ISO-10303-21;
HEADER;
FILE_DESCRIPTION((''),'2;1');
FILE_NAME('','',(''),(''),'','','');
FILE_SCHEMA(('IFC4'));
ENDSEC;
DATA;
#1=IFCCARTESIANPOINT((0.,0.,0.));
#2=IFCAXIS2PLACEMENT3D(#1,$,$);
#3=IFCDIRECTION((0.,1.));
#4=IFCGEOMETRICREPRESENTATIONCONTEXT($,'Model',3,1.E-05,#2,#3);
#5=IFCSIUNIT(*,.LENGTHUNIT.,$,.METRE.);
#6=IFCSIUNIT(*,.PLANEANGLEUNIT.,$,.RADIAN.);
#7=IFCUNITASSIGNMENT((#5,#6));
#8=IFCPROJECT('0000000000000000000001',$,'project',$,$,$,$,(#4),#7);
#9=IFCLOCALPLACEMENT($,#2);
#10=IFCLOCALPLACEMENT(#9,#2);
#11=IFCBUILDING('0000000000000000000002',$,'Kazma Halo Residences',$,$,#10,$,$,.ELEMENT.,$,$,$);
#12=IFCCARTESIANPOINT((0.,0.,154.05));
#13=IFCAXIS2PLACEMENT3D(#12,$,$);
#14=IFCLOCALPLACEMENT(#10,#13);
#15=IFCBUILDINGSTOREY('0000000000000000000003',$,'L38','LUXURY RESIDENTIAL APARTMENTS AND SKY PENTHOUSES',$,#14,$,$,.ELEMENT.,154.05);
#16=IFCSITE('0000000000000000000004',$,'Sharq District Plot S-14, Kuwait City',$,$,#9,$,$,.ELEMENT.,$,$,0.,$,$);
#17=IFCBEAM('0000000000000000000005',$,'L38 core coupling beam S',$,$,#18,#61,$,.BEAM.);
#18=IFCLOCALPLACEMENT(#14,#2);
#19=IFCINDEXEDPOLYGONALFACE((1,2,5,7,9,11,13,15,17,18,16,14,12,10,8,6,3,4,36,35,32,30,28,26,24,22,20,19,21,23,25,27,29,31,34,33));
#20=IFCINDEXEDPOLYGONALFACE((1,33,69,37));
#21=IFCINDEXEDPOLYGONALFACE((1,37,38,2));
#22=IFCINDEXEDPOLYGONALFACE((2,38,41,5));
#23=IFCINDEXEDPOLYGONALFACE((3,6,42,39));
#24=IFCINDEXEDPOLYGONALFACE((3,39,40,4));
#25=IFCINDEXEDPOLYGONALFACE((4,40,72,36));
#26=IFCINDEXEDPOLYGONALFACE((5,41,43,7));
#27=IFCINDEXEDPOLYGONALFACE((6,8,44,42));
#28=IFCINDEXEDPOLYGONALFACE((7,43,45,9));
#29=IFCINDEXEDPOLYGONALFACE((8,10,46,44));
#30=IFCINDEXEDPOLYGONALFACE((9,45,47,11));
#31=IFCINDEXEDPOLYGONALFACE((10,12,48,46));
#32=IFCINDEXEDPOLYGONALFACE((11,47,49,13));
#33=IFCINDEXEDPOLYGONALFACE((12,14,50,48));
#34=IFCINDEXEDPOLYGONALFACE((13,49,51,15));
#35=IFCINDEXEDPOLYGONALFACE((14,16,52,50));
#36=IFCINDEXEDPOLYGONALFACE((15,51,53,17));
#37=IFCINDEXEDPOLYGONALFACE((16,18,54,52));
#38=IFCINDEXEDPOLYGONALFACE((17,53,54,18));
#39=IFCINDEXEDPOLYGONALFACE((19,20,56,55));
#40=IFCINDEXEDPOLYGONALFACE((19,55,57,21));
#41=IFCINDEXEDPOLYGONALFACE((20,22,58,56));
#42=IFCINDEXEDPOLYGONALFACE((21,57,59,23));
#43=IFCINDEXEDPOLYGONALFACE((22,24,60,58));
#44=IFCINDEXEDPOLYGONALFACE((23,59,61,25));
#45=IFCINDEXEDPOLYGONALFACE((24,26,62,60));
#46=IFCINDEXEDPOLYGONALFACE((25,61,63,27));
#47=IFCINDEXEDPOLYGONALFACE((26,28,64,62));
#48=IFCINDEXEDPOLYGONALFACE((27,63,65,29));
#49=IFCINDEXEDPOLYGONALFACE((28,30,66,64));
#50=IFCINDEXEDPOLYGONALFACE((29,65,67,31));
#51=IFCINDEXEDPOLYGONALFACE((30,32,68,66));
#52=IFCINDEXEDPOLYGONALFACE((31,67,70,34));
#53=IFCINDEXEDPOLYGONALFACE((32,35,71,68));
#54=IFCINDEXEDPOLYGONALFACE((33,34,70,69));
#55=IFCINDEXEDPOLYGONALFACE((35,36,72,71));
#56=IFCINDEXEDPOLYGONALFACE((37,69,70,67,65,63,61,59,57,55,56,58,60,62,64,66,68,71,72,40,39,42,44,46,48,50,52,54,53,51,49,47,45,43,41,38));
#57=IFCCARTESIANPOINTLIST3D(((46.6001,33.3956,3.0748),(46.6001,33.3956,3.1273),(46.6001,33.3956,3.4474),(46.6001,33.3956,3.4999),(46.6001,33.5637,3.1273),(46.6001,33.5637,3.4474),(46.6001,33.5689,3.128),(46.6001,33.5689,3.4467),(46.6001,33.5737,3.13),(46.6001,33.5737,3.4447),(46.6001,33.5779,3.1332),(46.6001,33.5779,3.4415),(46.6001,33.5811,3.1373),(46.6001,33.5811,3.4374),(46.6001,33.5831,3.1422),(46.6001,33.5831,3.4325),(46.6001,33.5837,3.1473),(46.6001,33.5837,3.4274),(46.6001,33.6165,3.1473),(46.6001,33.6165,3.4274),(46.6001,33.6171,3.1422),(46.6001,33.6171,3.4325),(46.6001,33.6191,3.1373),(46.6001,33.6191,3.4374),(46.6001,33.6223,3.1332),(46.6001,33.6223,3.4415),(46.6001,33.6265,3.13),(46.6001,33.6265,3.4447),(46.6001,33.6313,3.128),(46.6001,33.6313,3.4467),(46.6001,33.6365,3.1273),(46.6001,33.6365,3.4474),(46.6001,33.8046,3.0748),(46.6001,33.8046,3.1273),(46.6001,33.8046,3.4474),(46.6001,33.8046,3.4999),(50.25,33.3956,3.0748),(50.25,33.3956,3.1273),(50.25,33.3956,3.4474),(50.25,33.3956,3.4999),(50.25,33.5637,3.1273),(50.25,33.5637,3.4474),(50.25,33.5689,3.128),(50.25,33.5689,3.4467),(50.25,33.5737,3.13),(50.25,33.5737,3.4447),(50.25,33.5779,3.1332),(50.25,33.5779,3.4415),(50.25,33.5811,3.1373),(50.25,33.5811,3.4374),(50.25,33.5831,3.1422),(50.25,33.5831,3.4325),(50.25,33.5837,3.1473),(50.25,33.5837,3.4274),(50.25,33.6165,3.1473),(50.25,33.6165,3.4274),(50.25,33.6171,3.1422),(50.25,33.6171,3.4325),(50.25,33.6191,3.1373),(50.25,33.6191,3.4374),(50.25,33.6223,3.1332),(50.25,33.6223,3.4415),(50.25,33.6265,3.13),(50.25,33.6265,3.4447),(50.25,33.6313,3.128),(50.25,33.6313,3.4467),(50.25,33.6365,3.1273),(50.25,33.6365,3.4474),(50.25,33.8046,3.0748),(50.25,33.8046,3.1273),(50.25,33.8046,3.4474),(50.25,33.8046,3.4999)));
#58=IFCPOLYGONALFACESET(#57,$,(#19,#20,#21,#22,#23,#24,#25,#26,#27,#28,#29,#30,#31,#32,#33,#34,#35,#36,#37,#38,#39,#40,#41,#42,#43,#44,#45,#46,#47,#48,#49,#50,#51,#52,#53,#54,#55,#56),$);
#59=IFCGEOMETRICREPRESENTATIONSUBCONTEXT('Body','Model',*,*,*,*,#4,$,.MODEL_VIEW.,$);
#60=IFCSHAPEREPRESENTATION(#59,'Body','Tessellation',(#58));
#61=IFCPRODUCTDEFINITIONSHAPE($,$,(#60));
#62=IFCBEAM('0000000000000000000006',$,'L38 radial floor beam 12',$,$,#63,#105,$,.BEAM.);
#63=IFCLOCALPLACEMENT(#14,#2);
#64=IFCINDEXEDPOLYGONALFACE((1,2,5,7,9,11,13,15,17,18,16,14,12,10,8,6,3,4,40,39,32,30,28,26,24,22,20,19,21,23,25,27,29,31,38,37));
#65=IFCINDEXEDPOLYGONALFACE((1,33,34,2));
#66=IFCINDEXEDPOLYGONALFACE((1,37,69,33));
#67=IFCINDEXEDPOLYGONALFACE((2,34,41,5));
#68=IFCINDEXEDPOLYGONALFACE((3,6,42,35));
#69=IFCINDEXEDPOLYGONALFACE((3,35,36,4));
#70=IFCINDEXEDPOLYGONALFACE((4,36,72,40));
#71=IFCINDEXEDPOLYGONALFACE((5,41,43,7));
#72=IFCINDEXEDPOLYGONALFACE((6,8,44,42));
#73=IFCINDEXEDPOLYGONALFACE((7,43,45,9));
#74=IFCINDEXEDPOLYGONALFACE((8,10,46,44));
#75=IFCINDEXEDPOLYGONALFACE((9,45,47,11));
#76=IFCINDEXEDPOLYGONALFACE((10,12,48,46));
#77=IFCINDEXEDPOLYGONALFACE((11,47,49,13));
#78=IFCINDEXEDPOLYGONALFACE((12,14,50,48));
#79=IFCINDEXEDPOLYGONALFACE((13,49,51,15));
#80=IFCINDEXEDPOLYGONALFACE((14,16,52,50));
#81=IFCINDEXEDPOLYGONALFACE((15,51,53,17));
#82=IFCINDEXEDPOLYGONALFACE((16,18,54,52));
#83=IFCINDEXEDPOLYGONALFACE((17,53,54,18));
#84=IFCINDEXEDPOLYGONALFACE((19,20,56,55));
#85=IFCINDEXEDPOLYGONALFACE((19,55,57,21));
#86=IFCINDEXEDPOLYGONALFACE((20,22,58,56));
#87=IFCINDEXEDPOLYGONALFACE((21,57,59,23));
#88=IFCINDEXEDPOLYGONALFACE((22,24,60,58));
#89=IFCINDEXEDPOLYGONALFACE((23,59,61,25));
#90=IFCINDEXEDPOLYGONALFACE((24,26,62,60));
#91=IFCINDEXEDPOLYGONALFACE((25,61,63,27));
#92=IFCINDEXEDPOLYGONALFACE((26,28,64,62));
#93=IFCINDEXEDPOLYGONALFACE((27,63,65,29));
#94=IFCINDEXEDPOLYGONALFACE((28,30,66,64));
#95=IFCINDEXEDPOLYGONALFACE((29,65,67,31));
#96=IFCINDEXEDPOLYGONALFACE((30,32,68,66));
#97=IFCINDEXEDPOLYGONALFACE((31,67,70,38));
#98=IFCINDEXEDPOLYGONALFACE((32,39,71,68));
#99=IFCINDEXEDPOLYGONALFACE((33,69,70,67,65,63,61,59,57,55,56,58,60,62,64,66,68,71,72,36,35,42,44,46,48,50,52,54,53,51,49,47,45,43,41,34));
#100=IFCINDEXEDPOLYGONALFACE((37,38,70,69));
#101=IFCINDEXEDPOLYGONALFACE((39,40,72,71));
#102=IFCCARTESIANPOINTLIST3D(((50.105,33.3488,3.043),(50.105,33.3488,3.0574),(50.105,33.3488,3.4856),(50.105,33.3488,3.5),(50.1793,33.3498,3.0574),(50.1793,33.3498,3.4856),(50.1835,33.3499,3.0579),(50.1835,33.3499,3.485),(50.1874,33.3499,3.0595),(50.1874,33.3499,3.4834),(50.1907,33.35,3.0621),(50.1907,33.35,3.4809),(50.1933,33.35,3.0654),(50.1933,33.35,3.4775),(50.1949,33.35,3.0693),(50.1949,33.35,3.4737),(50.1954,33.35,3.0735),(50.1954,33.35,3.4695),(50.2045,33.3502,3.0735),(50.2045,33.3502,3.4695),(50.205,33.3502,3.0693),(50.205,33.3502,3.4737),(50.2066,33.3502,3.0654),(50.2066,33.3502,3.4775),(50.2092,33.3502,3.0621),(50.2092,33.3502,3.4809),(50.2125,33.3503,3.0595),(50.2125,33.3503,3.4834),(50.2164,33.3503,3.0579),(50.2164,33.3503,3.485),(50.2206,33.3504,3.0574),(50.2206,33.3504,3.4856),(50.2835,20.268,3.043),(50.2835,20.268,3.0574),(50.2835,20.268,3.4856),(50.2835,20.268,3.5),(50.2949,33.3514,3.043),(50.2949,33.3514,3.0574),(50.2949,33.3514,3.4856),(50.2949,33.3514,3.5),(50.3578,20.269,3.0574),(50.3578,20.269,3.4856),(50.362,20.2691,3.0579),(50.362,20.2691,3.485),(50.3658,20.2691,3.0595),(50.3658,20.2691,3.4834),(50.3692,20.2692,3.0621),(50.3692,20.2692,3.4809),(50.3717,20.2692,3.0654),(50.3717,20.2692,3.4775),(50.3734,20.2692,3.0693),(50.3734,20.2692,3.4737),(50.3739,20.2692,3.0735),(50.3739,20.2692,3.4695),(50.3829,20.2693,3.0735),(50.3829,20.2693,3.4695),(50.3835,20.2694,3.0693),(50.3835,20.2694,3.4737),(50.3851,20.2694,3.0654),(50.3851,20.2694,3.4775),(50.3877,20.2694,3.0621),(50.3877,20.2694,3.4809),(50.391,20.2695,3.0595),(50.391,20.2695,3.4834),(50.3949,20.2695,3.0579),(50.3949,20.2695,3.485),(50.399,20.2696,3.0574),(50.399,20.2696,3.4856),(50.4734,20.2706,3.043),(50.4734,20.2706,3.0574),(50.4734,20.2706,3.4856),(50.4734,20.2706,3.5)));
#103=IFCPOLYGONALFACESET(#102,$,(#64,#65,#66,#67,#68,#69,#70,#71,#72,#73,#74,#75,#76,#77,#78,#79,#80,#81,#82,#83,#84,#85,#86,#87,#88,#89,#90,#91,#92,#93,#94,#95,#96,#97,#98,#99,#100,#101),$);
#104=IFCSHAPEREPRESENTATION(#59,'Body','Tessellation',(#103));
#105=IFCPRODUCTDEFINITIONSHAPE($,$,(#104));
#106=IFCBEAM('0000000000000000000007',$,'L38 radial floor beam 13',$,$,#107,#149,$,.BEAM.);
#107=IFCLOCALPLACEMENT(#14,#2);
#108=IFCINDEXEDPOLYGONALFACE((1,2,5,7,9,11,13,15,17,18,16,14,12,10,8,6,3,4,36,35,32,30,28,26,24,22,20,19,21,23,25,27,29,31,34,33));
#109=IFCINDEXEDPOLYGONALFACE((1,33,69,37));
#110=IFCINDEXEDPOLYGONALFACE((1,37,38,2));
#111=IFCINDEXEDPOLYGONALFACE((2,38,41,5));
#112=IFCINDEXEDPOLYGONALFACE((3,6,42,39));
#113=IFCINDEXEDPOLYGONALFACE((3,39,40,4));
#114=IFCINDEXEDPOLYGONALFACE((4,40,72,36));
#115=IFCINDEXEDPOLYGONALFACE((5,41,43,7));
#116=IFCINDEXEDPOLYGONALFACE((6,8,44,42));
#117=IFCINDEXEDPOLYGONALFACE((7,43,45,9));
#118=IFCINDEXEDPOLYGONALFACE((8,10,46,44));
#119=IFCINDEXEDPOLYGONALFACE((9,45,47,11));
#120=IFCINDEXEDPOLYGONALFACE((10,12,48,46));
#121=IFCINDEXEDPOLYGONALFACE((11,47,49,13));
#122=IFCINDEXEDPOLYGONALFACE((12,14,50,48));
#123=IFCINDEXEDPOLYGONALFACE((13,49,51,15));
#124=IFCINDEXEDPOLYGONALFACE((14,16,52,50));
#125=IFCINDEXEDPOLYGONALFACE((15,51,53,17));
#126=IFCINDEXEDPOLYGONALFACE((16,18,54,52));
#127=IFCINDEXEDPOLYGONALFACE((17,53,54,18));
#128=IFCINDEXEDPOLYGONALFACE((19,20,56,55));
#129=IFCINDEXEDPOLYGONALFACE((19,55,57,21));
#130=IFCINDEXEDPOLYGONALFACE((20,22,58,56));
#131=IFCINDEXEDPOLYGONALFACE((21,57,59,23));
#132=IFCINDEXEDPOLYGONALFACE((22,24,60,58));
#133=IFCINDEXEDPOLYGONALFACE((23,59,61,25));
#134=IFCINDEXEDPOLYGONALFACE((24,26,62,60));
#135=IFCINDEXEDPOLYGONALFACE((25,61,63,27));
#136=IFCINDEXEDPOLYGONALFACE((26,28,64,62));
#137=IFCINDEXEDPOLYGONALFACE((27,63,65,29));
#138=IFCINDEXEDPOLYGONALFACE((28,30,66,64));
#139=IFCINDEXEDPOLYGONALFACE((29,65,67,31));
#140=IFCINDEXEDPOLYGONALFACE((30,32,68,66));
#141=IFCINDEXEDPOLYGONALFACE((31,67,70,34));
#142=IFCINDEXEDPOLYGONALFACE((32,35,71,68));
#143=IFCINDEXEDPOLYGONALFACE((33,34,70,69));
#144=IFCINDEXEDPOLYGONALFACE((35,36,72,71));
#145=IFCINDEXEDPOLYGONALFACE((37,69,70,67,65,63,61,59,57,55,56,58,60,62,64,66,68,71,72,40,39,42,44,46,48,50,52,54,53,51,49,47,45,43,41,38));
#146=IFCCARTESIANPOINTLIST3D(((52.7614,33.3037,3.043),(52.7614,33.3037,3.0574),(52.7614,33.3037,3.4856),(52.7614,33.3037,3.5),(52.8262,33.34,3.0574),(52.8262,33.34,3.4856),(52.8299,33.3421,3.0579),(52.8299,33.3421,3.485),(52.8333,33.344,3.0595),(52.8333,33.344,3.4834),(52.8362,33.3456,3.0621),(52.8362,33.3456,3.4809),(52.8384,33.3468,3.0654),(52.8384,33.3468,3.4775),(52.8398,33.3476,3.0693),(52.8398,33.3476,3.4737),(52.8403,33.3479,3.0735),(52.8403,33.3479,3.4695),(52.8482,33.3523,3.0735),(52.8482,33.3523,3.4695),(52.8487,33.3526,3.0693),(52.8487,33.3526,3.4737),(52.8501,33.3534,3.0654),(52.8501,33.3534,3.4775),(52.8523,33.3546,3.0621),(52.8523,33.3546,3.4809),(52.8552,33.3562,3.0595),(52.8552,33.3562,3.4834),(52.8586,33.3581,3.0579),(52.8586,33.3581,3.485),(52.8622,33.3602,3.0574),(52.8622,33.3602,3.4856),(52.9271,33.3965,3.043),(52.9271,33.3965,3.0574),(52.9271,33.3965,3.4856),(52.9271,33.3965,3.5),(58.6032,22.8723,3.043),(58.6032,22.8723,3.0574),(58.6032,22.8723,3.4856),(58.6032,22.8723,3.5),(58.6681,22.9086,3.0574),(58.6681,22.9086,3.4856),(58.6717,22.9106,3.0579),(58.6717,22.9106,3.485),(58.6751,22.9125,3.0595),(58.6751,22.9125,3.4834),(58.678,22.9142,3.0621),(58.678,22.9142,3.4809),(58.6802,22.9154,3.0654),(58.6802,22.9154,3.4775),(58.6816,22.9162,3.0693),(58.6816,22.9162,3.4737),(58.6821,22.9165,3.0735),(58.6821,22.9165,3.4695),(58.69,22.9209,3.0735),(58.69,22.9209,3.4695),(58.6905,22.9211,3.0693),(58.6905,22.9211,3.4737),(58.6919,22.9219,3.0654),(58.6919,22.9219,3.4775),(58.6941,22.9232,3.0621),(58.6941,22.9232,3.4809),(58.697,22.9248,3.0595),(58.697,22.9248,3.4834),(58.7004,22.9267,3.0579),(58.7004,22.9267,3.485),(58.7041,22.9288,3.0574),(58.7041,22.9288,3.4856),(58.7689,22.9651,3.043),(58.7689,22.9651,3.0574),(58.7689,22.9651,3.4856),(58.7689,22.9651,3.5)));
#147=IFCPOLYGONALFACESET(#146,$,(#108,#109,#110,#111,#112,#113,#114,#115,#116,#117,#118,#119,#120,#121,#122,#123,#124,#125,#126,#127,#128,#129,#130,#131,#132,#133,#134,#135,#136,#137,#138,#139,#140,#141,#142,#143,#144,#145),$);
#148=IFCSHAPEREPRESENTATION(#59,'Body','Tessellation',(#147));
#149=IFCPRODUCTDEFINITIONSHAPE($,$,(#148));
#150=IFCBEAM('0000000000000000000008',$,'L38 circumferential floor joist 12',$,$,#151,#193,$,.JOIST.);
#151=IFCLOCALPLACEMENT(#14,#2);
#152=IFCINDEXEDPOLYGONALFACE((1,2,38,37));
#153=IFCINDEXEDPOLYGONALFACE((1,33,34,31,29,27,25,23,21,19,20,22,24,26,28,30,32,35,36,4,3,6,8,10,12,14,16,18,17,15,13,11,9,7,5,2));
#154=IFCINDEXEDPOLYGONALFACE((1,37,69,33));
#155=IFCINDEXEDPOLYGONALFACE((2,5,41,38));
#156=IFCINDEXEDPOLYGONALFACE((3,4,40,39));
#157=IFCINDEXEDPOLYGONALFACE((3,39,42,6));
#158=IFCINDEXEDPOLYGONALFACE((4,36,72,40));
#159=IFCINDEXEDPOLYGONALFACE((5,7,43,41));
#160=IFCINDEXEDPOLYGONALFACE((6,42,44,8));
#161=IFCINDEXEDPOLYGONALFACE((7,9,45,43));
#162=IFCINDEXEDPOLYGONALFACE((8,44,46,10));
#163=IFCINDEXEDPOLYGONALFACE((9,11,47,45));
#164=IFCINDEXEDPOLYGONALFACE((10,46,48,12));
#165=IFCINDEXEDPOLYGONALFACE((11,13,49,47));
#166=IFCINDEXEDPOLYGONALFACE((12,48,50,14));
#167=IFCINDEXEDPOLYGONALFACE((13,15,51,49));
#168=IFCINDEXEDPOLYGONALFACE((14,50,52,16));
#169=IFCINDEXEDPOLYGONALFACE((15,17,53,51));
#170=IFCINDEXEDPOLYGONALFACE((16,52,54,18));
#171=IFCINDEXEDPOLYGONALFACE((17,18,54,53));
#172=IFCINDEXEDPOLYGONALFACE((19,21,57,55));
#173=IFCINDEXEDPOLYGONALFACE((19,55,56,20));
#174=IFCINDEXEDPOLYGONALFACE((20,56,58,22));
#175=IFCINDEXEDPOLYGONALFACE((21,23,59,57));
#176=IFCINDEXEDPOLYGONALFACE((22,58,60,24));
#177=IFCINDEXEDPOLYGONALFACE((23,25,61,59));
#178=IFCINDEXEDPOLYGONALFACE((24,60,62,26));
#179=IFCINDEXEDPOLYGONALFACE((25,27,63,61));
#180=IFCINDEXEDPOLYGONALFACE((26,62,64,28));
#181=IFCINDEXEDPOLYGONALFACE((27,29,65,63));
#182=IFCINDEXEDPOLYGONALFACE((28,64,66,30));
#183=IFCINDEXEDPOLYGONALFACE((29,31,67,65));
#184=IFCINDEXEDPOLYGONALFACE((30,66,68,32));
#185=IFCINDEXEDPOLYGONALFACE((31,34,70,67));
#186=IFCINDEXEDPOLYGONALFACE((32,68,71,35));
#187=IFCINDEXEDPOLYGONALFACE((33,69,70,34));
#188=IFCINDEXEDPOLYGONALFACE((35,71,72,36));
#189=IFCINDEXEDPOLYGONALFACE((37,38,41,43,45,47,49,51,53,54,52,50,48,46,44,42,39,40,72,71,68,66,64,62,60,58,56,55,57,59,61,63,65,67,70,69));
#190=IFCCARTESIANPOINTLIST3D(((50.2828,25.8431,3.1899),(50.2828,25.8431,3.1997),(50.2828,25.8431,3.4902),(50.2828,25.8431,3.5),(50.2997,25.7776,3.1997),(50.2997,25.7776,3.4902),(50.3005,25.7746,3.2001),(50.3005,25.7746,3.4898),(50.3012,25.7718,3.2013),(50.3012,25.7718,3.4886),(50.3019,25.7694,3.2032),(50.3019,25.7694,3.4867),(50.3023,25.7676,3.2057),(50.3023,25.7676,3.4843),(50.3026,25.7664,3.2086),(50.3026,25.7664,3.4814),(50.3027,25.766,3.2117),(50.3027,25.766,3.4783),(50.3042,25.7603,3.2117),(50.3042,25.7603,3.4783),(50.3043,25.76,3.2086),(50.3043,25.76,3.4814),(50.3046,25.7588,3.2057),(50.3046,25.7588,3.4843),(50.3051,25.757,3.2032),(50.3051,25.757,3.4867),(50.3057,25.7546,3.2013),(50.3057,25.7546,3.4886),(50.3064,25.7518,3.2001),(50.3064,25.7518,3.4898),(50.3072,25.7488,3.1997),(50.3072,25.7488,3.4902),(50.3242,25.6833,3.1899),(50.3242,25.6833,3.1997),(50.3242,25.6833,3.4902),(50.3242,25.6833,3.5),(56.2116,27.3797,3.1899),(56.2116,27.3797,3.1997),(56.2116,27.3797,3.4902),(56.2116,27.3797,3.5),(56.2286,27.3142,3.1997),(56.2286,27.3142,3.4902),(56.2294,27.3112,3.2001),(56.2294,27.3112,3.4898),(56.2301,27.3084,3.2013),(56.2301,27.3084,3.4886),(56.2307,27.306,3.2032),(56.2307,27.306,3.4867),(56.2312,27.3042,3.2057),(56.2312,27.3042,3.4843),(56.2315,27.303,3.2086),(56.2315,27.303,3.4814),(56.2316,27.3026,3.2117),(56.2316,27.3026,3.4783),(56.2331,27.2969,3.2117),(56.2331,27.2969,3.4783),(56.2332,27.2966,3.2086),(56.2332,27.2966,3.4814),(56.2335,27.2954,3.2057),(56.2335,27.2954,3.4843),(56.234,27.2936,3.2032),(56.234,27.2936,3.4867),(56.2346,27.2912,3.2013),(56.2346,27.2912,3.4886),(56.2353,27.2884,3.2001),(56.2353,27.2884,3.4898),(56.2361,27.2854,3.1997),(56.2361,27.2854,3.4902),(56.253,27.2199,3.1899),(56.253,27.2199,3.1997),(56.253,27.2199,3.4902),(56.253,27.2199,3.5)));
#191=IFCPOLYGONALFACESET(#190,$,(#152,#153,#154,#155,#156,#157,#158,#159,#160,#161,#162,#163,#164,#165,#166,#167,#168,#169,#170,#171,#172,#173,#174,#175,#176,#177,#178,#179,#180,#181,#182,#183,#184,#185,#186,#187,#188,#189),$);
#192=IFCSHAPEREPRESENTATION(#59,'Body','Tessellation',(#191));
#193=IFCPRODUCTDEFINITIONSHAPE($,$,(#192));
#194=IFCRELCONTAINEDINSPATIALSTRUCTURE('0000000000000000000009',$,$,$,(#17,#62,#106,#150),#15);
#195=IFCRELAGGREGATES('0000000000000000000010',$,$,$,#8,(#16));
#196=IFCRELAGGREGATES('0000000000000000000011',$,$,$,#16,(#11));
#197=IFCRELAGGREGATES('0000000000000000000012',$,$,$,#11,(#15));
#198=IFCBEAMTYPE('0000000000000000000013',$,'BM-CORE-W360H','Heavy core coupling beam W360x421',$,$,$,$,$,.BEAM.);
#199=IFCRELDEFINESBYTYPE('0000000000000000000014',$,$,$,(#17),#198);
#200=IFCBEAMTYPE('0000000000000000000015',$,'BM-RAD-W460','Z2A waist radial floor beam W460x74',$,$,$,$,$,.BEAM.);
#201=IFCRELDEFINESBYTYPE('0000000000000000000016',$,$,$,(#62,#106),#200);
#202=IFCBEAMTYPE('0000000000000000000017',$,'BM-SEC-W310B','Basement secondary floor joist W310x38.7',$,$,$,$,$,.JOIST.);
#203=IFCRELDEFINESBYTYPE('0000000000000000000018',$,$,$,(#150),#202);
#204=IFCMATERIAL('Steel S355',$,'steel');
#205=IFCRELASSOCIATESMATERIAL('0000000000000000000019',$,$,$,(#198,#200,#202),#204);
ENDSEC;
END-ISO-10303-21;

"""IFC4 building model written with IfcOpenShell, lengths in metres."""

from ifc_helpers import new_model, si_unit, direction, frame, origin, origin_2d, place, context, subcontext, project, spatial, i_section, extrude, material, material_profile, profile_set, type_object, element, save


model = new_model("IFC4")

# Units and contexts
model_context = context("Model", 3, precision=1e-05, world=origin(), true_north=direction((0.0, 1.0)))
body_context = subcontext(model_context, "Body", "Model", "MODEL_VIEW")
ifc_project = project(units=[si_unit("LENGTHUNIT", "METRE"), si_unit("PLANEANGLEUNIT", "RADIAN")], contexts=[model_context])

# Site, building, storey
site_placement = place(None, origin())
site = spatial("IfcSite", under=ifc_project, at=site_placement, Name="Sharq District Plot S-14, Kuwait City", CompositionType="ELEMENT", RefElevation=0.0)
building_placement = place(site_placement, origin())
building = spatial("IfcBuilding", under=site, at=building_placement, Name="Kazma Halo Residences", CompositionType="ELEMENT")
storey_placement = place(building_placement, frame((0.0, 0.0, 154.05)))
storey = spatial("IfcBuildingStorey", under=building, at=storey_placement, Name="L38", Description="LUXURY RESIDENTIAL APARTMENTS AND SKY PENTHOUSES", CompositionType="ELEMENT", Elevation=154.05)

# Beams
ifc_material_1 = material(Name="Steel S355", Category="steel")
ifc_material_profile_1 = material_profile(ifc_material_1, i_section(OverallWidth=0.4089, OverallDepth=0.425, WebThickness=0.0327, FlangeThickness=0.0525, FilletRadius=0.02, at=origin_2d()), Name="W360x421")
ifc_profile_set_1 = profile_set([ifc_material_profile_1], Name="Steel S355")
beam_type_1 = type_object("IfcBeamType", Name="BM-CORE-W360H", Description="Heavy core coupling beam W360x421", PredefinedType="BEAM", material=ifc_profile_set_1)
beam_1_placement = place(storey_placement, frame((46.6001, 33.6001, 3.2874), z_axis=(1.0, 0.0, 0.0), x_axis=(0.0, 1.0, 0.0)))
element("IfcBeam", 1, at=beam_1_placement, inside=storey, type_object=beam_type_1, Name="L38 core coupling beam S", PredefinedType="BEAM", context=body_context, shape_type="SweptSolid", body=[
    extrude(i_section(OverallWidth=0.4089, OverallDepth=0.425, WebThickness=0.0327, FlangeThickness=0.0525, FilletRadius=0.02, at=origin_2d()), origin(), (0.0, 0.0, 1.0), 3.6499),
])
ifc_material_profile_2 = material_profile(ifc_material_1, i_section(OverallWidth=0.1899, OverallDepth=0.457, WebThickness=0.009, FlangeThickness=0.0144, FilletRadius=0.0161, at=origin_2d()), Name="W460x74")
ifc_profile_set_2 = profile_set([ifc_material_profile_2], Name="Steel S355")
beam_type_2 = type_object("IfcBeamType", Name="BM-RAD-W460", Description="Z2A waist radial floor beam W460x74", PredefinedType="BEAM", material=ifc_profile_set_2)
beam_2_placement = place(storey_placement, frame((50.2, 33.3501, 3.2715), z_axis=(0.013642, -0.999907, 0.0), x_axis=(0.999907, 0.013642, 0.0)))
element("IfcBeam", 2, at=beam_2_placement, inside=storey, type_object=beam_type_2, Name="L38 radial floor beam 12", PredefinedType="BEAM", context=body_context, shape_type="SweptSolid", body=[
    extrude(i_section(OverallWidth=0.1899, OverallDepth=0.457, WebThickness=0.009, FlangeThickness=0.0144, FilletRadius=0.0161, at=origin_2d()), origin(), (0.0, 0.0, 1.0), 13.082),
])
beam_3_placement = place(storey_placement, frame((52.8442, 33.3501, 3.2715), z_axis=(0.488617, -0.872498, 0.0), x_axis=(0.872498, 0.488617, 0.0)))
element("IfcBeam", 3, at=beam_3_placement, inside=storey, type_object=beam_type_2, Name="L38 radial floor beam 13", PredefinedType="BEAM", context=body_context, shape_type="SweptSolid", body=[
    extrude(i_section(OverallWidth=0.1899, OverallDepth=0.457, WebThickness=0.009, FlangeThickness=0.0144, FilletRadius=0.0161, at=origin_2d()), origin(), (0.0, 0.0, 1.0), 11.9558),
])
ifc_material_profile_3 = material_profile(ifc_material_1, i_section(OverallWidth=0.165, OverallDepth=0.3101, WebThickness=0.0059, FlangeThickness=0.0098, FilletRadius=0.012, at=origin_2d()), Name="W310x38.7")
ifc_profile_set_3 = profile_set([ifc_material_profile_3], Name="Steel S355")
beam_type_3 = type_object("IfcBeamType", Name="BM-SEC-W310B", Description="Basement secondary floor joist W310x38.7", PredefinedType="JOIST", material=ifc_profile_set_3)
beam_4_placement = place(storey_placement, frame((50.3035, 25.7632, 3.345), z_axis=(0.968017, 0.250883, 0.0), x_axis=(-0.250883, 0.968017, 0.0)))
element("IfcBeam", 4, at=beam_4_placement, inside=storey, type_object=beam_type_3, Name="L38 circumferential floor joist 12", PredefinedType="JOIST", context=body_context, shape_type="SweptSolid", body=[
    extrude(i_section(OverallWidth=0.165, OverallDepth=0.3101, WebThickness=0.0059, FlangeThickness=0.0098, FilletRadius=0.012, at=origin_2d()), origin(), (0.0, 0.0, 1.0), 6.1248),
])

save(model, "model.ifc")
